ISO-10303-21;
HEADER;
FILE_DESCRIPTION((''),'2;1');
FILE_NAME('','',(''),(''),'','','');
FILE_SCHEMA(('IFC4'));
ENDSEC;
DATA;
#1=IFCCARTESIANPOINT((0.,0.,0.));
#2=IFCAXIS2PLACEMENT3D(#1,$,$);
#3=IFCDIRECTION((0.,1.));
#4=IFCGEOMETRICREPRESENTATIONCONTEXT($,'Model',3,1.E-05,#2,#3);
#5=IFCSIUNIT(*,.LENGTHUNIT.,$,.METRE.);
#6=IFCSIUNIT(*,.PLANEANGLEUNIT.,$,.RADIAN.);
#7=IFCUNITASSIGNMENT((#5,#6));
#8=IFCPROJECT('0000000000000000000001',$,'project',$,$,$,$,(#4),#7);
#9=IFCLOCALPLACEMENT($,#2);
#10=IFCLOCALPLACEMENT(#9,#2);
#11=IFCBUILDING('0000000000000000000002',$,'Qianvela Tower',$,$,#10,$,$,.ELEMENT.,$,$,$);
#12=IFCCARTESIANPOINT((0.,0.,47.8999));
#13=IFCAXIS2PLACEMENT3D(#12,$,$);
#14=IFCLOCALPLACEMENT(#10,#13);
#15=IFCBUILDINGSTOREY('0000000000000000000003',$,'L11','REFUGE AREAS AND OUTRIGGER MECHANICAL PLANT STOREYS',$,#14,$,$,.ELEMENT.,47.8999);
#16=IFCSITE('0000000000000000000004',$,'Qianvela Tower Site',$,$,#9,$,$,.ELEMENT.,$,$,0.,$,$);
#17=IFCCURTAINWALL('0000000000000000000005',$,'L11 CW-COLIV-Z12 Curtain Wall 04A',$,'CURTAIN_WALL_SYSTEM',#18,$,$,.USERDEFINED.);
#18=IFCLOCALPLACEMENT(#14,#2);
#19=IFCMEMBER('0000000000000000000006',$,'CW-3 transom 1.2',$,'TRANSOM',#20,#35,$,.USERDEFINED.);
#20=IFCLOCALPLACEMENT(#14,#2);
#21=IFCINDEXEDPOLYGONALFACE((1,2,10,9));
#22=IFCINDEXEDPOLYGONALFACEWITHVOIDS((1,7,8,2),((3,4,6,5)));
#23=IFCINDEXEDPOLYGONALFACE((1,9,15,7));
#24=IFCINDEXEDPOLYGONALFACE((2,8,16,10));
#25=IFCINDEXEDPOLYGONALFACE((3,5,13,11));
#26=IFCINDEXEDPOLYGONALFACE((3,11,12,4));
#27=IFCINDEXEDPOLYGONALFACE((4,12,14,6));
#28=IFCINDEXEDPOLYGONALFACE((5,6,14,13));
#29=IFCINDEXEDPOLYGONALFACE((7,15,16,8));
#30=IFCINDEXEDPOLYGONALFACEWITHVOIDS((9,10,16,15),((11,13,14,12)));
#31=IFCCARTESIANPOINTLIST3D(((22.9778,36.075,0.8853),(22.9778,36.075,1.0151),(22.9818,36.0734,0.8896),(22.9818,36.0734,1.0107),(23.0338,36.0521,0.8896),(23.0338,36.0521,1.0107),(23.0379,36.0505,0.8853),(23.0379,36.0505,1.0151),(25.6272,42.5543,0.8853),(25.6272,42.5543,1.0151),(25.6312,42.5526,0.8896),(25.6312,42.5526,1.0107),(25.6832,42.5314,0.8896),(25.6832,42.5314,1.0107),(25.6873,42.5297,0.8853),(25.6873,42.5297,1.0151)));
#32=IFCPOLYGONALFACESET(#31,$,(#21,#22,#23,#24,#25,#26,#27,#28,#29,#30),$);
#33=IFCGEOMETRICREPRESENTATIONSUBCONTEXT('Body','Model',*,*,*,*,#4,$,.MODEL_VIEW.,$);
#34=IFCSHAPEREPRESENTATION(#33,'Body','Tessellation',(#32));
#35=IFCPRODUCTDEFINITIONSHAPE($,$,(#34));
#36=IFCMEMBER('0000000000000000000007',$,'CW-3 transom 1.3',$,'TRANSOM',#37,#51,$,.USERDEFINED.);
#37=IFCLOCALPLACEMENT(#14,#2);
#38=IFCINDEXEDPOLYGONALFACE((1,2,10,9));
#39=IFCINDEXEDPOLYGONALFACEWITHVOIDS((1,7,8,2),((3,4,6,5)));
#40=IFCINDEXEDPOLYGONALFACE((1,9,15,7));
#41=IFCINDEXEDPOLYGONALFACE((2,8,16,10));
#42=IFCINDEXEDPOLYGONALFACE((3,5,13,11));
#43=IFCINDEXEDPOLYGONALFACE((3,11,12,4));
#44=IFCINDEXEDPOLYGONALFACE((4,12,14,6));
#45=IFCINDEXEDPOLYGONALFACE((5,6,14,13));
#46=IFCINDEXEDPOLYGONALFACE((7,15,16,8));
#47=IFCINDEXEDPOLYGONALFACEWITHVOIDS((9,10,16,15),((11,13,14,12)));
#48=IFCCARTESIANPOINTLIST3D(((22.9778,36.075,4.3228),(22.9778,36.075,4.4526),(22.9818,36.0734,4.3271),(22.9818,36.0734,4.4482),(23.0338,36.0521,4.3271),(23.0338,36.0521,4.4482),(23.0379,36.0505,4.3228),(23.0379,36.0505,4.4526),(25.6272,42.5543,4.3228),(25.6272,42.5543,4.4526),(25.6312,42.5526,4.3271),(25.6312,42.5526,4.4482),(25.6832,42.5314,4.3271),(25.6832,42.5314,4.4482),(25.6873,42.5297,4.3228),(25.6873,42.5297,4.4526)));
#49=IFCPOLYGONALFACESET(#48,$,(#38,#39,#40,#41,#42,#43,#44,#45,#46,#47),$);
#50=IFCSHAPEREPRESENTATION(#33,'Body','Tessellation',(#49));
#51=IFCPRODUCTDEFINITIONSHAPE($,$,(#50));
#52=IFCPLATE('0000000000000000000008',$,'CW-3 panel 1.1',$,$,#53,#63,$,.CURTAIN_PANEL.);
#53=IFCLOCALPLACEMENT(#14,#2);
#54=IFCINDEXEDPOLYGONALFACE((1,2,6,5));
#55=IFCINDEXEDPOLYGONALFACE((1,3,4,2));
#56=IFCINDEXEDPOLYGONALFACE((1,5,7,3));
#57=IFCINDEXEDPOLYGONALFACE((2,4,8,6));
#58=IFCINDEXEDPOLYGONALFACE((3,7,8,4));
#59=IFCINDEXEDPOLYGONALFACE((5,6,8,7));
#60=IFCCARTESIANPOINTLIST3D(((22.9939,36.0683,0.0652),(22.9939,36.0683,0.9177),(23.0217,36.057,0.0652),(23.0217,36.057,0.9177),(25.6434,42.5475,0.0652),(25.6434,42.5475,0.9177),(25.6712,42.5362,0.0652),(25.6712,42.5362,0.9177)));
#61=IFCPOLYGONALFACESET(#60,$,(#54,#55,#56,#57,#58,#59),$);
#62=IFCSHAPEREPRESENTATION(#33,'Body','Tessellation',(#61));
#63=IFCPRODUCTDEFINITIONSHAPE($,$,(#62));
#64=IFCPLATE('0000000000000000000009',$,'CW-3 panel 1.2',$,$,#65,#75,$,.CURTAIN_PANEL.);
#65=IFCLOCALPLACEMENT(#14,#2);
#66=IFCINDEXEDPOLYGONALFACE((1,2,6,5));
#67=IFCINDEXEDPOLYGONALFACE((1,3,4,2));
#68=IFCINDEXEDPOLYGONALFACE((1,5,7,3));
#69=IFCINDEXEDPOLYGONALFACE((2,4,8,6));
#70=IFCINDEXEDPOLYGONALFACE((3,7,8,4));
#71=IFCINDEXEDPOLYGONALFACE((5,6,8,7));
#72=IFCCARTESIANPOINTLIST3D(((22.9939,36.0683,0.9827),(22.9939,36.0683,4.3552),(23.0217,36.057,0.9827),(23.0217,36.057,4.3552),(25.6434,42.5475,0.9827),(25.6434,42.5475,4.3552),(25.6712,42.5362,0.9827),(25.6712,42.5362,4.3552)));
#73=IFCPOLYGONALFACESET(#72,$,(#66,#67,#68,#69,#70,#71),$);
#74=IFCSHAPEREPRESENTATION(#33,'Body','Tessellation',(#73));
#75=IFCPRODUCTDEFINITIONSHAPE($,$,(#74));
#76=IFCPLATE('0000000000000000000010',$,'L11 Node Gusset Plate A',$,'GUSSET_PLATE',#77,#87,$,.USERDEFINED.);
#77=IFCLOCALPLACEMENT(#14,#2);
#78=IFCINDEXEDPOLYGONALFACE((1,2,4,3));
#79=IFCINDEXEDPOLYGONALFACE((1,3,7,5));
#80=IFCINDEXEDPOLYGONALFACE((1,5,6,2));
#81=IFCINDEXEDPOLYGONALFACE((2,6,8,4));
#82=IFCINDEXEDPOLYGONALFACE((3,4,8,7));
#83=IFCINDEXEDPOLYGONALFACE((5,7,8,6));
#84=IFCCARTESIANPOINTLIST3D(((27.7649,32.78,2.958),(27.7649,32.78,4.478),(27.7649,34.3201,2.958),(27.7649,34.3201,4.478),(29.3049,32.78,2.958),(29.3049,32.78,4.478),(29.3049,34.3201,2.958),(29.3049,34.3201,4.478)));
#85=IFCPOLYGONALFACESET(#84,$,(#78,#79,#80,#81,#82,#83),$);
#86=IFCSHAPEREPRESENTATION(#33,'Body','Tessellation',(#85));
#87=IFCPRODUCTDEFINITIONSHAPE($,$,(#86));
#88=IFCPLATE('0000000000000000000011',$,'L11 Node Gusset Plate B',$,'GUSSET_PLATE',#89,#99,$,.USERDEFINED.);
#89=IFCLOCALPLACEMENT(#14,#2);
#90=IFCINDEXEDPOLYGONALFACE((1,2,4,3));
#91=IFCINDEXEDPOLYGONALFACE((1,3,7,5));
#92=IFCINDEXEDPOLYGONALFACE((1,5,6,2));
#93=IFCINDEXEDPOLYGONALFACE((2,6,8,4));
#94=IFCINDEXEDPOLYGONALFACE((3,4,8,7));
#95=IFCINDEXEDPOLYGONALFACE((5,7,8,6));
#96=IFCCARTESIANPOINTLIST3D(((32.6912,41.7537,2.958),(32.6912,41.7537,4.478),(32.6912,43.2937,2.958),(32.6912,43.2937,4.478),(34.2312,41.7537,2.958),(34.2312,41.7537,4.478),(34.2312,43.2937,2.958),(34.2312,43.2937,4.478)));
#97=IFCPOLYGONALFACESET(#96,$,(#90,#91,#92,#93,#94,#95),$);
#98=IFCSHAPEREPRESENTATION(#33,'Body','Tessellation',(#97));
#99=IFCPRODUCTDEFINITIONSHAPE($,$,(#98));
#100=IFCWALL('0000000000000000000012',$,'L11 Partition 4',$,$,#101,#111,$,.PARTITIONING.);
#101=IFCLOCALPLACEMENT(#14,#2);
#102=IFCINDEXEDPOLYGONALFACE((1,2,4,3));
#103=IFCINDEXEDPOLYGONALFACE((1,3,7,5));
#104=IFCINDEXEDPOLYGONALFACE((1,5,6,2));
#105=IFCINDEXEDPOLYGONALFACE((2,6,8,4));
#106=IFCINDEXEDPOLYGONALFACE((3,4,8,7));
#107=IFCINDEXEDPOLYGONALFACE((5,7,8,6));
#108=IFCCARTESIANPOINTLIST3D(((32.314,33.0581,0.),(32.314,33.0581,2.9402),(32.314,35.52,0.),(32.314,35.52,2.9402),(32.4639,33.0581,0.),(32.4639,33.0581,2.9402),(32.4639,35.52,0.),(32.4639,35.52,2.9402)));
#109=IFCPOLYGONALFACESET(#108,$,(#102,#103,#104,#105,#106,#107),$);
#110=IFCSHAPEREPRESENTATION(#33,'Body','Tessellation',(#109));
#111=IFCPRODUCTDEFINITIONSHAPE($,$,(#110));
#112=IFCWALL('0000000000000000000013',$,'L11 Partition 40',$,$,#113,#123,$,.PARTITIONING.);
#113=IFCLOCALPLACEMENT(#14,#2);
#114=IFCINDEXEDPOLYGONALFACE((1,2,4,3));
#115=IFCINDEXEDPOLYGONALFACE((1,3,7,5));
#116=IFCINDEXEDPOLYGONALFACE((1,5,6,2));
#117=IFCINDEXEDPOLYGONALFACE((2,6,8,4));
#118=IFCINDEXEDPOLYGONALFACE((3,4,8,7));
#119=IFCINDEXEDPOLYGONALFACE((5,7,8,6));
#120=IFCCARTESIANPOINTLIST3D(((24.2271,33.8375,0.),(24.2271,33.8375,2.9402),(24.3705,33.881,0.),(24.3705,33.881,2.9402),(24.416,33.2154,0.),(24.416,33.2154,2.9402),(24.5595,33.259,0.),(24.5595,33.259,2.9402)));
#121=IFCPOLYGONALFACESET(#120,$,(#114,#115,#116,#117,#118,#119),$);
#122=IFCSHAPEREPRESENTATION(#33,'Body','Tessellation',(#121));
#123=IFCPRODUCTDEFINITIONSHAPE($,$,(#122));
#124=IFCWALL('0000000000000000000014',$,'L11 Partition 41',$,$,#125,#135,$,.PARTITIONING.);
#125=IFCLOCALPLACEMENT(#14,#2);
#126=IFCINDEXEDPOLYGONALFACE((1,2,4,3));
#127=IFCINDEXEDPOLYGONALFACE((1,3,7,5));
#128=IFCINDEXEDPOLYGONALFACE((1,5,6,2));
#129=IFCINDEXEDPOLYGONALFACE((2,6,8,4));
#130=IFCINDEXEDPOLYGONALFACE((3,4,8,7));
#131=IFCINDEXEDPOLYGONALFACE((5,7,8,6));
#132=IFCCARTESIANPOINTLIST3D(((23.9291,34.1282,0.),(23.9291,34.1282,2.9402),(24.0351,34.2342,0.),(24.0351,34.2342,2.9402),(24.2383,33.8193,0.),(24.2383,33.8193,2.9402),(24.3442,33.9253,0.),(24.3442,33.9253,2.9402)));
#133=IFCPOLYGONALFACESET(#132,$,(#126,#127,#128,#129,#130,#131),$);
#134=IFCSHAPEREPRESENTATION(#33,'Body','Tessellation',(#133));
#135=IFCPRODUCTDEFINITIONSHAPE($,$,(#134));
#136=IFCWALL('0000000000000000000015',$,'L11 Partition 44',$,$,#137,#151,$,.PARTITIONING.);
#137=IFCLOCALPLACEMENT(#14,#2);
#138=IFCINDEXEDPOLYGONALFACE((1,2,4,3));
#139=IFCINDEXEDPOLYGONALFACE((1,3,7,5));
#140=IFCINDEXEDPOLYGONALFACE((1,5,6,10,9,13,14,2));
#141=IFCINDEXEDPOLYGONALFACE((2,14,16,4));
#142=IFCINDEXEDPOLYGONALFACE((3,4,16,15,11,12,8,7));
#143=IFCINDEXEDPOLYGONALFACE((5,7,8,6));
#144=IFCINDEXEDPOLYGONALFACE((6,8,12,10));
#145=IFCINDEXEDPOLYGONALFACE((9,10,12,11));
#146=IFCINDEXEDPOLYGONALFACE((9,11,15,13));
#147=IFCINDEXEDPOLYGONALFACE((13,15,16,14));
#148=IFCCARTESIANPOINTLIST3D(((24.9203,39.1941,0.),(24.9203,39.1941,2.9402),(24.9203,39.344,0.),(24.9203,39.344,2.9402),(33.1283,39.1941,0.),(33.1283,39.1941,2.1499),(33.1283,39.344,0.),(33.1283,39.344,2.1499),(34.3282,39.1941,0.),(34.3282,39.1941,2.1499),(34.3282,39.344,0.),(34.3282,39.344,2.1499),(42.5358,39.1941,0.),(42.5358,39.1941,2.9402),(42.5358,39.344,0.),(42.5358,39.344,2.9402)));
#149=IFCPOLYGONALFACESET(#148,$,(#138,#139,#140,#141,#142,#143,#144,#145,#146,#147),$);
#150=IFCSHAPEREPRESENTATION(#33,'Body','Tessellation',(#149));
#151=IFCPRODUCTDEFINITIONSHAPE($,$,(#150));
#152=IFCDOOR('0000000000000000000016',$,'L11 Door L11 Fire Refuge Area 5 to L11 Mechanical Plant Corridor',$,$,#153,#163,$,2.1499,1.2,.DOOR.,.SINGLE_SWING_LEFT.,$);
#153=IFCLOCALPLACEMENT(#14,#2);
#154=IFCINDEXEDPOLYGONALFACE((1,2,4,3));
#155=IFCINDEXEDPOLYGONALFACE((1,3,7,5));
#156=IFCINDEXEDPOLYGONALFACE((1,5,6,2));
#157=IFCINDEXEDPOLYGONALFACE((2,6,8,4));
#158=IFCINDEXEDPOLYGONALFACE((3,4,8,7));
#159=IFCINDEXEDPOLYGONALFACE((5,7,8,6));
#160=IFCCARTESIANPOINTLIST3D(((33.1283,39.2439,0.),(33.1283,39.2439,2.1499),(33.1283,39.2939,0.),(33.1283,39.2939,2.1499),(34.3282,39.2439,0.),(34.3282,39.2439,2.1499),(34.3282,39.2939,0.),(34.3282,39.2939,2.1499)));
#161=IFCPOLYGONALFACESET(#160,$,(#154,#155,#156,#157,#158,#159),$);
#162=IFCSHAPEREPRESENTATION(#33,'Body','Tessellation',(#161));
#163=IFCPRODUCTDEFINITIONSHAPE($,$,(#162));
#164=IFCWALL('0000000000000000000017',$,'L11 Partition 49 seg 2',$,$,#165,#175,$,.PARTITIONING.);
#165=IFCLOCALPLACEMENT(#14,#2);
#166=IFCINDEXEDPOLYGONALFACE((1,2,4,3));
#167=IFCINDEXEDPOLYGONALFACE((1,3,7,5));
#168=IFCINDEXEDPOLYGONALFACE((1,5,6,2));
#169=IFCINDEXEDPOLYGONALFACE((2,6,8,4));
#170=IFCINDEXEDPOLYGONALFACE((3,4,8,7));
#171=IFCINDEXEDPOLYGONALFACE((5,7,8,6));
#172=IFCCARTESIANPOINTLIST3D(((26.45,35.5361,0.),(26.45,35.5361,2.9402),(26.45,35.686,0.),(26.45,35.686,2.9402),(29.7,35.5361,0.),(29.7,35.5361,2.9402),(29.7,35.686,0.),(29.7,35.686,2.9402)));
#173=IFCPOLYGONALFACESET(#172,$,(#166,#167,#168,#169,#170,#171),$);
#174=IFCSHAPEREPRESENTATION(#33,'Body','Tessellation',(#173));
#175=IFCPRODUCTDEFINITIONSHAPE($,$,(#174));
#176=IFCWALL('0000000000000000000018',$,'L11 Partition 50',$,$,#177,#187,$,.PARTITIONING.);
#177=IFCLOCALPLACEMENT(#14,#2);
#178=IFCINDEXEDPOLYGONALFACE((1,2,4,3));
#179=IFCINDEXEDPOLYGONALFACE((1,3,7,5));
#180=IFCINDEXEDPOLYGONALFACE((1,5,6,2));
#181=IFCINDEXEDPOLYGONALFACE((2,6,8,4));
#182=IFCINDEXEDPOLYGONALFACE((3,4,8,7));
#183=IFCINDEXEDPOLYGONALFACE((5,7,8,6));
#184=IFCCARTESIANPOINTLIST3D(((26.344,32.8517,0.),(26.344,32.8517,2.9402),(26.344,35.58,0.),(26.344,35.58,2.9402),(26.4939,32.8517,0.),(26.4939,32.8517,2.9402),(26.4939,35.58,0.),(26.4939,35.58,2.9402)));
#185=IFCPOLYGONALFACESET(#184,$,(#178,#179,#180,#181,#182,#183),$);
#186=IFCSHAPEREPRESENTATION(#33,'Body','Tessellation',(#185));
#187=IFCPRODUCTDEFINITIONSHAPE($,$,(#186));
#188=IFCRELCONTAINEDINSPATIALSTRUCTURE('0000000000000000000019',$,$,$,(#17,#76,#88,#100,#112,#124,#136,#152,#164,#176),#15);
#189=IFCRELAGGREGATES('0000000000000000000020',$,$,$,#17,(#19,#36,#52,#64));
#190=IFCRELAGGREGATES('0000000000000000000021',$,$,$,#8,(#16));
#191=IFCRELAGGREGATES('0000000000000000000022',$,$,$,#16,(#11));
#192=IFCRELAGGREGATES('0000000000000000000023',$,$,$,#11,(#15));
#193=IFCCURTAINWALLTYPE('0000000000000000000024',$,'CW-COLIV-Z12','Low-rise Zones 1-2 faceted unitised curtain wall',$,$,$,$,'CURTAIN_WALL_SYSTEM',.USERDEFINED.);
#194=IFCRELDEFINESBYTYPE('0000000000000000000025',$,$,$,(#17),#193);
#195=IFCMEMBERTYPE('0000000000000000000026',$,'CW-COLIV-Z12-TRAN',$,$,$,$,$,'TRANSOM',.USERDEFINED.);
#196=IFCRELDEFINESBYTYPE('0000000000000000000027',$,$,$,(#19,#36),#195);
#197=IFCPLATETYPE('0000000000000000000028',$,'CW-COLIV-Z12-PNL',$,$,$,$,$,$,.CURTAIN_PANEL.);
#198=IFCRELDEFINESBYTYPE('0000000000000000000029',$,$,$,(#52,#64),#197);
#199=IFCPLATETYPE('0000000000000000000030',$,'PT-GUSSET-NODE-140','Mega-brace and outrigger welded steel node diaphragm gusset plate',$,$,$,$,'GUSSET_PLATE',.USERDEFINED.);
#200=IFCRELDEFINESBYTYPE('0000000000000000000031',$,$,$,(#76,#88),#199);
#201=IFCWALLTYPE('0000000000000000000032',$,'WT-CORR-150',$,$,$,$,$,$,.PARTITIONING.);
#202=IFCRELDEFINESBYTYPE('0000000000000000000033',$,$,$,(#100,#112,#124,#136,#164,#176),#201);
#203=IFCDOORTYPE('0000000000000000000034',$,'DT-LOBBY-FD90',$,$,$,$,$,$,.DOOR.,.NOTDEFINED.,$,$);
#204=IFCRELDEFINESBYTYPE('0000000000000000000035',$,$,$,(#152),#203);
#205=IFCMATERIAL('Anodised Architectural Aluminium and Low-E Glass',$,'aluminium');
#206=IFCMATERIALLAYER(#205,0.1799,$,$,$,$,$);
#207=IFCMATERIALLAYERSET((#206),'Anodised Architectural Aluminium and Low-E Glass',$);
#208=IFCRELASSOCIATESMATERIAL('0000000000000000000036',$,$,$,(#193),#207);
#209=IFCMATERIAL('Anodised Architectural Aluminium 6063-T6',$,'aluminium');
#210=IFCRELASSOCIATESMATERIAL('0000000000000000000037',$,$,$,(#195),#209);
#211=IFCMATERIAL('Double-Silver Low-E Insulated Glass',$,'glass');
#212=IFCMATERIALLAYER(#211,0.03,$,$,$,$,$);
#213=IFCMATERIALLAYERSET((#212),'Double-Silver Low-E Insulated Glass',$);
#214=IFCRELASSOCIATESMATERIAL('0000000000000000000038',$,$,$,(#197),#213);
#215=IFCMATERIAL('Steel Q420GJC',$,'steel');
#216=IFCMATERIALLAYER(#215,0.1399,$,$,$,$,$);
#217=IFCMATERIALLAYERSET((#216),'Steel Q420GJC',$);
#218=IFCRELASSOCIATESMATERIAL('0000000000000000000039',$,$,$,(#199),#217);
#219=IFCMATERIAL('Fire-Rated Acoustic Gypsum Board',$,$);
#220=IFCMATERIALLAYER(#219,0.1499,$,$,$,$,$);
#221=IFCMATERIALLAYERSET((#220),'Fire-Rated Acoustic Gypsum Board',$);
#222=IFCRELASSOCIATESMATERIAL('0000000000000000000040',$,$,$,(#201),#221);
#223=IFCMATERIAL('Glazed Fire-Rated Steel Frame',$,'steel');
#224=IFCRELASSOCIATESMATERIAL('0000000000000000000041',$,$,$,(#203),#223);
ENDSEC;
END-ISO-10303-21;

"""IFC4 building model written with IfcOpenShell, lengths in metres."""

from ifc_helpers import new_model, si_unit, direction, frame, frame_2d, origin, origin_2d, place, context, subcontext, project, spatial, rectangle, hollow_rectangle, extrude, material, layer, layer_set, material_profile, profile_set, type_object, element, fill, aggregate, save


model = new_model("IFC4")

# Units and contexts
model_context = context("Model", 3, precision=1e-05, world=origin(), true_north=direction((0.0, 1.0)))
body_context = subcontext(model_context, "Body", "Model", "MODEL_VIEW")
ifc_project = project(units=[si_unit("LENGTHUNIT", "METRE"), si_unit("PLANEANGLEUNIT", "RADIAN")], contexts=[model_context])

# Site, building, storey
site_placement = place(None, origin())
site = spatial("IfcSite", under=ifc_project, at=site_placement, Name="Qianvela Tower Site", CompositionType="ELEMENT", RefElevation=0.0)
building_placement = place(site_placement, origin())
building = spatial("IfcBuilding", under=site, at=building_placement, Name="Qianvela Tower", CompositionType="ELEMENT")
storey_placement = place(building_placement, frame((0.0, 0.0, 47.8999)))
storey = spatial("IfcBuildingStorey", under=building, at=storey_placement, Name="L11", Description="REFUGE AREAS AND OUTRIGGER MECHANICAL PLANT STOREYS", CompositionType="ELEMENT", Elevation=47.8999)

# Curtain wall, members, plates
ifc_material_1 = material(Name="Anodised Architectural Aluminium and Low-E Glass", Category="aluminium")
ifc_layer_1 = layer(ifc_material_1, 0.1799)
ifc_layer_set_1 = layer_set([ifc_layer_1], Name="Anodised Architectural Aluminium and Low-E Glass")
curtain_wall_type = type_object("IfcCurtainWallType", Name="CW-COLIV-Z12", Description="Low-rise Zones 1-2 faceted unitised curtain wall", ElementType="CURTAIN_WALL_SYSTEM", PredefinedType="USERDEFINED", material=ifc_layer_set_1)
curtain_wall_placement = place(storey_placement, origin())
curtain_wall = element("IfcCurtainWall", 1, at=curtain_wall_placement, inside=storey, type_object=curtain_wall_type, Name="L11 CW-COLIV-Z12 Curtain Wall 04A", ObjectType="CURTAIN_WALL_SYSTEM", PredefinedType="USERDEFINED")
ifc_material_2 = material(Name="Anodised Architectural Aluminium 6063-T6", Category="aluminium")
ifc_material_profile_1 = material_profile(ifc_material_2, hollow_rectangle(XDim=0.0649, YDim=0.1299, WallThickness=0.0044, at=origin_2d()), Name="ALU-TRAN-65x130")
ifc_profile_set_1 = profile_set([ifc_material_profile_1], Name="Anodised Architectural Aluminium 6063-T6")
member_type_1 = type_object("IfcMemberType", Name="CW-COLIV-Z12-TRAN", ElementType="TRANSOM", PredefinedType="USERDEFINED", material=ifc_profile_set_1)
member_1_placement = place(storey_placement, frame((25.6572, 42.542, 0.9502), z_axis=(-0.378488, -0.925606, 0.0), x_axis=(0.925606, -0.378488, 0.0)))
member_1 = element("IfcMember", 2, at=member_1_placement, type_object=member_type_1, Name="CW-3 transom 1.2", ObjectType="TRANSOM", PredefinedType="USERDEFINED", context=body_context, shape_type="SweptSolid", body=[
    extrude(hollow_rectangle(XDim=0.0649, YDim=0.1299, WallThickness=0.0044, at=origin_2d()), origin(), (0.0, 0.0, 1.0), 7.0),
])
member_2_placement = place(storey_placement, frame((25.6572, 42.542, 4.3877), z_axis=(-0.378488, -0.925606, 0.0), x_axis=(0.925606, -0.378488, 0.0)))
member_2 = element("IfcMember", 3, at=member_2_placement, type_object=member_type_1, Name="CW-3 transom 1.3", ObjectType="TRANSOM", PredefinedType="USERDEFINED", context=body_context, shape_type="SweptSolid", body=[
    extrude(hollow_rectangle(XDim=0.0649, YDim=0.1299, WallThickness=0.0044, at=origin_2d()), origin(), (0.0, 0.0, 1.0), 7.0),
])
ifc_material_3 = material(Name="Double-Silver Low-E Insulated Glass", Category="glass")
ifc_layer_2 = layer(ifc_material_3, 0.03)
ifc_layer_set_2 = layer_set([ifc_layer_2], Name="Double-Silver Low-E Insulated Glass")
plate_type_1 = type_object("IfcPlateType", Name="CW-COLIV-Z12-PNL", PredefinedType="CURTAIN_PANEL", material=ifc_layer_set_2)
plate_1_placement = place(storey_placement, frame((24.3325, 39.3022, 0.0652), z_axis=(0.0, 0.0, 1.0), x_axis=(-0.378501, -0.925601, 0.0)))
plate_1 = element("IfcPlate", 4, at=plate_1_placement, type_object=plate_type_1, Name="CW-3 panel 1.1", PredefinedType="CURTAIN_PANEL", context=body_context, shape_type="SweptSolid", body=[
    extrude(rectangle(XDim=7.0, YDim=0.03, at=origin_2d()), origin(), (0.0, 0.0, 1.0), 0.8525),
])
plate_2_placement = place(storey_placement, frame((24.3325, 39.3022, 0.9827), z_axis=(0.0, 0.0, 1.0), x_axis=(-0.378501, -0.925601, 0.0)))
plate_2 = element("IfcPlate", 5, at=plate_2_placement, type_object=plate_type_1, Name="CW-3 panel 1.2", PredefinedType="CURTAIN_PANEL", context=body_context, shape_type="SweptSolid", body=[
    extrude(rectangle(XDim=7.0, YDim=0.03, at=origin_2d()), origin(), (0.0, 0.0, 1.0), 3.3726),
])
aggregate(curtain_wall, [member_1, member_2, plate_1, plate_2])

# Plates
ifc_material_4 = material(Name="Steel Q420GJC", Category="steel")
ifc_layer_3 = layer(ifc_material_4, 0.1399)
ifc_layer_set_3 = layer_set([ifc_layer_3], Name="Steel Q420GJC")
plate_type_2 = type_object("IfcPlateType", Name="PT-GUSSET-NODE-140", Description="Mega-brace and outrigger welded steel node diaphragm gusset plate", ElementType="GUSSET_PLATE", PredefinedType="USERDEFINED", material=ifc_layer_set_3)
for number, where, z_axis, x_axis, name in (
    (6, (28.5349, 33.55, 2.958), (0.0, 0.0, 1.0), (1.0, 0.0, 0.0), "L11 Node Gusset Plate A"),
    (7, (33.4612, 42.5237, 2.958), (0.0, 0.0, 1.0), (1.0, 0.0, 0.0), "L11 Node Gusset Plate B"),
):
    element("IfcPlate", number, at=place(storey_placement, frame(where, z_axis=z_axis, x_axis=x_axis)), inside=storey, type_object=plate_type_2, Name=name, ObjectType="GUSSET_PLATE", PredefinedType="USERDEFINED", context=body_context, shape_type="SweptSolid", body=[
        extrude(rectangle(XDim=1.54, YDim=1.54, at=origin_2d()), origin(), (0.0, 0.0, 1.0), 1.52),
    ])

# Shared definitions
ifc_material_5 = material(Name="Fire-Rated Acoustic Gypsum Board")
ifc_layer_4 = layer(ifc_material_5, 0.1499)
ifc_layer_set_4 = layer_set([ifc_layer_4], Name="Fire-Rated Acoustic Gypsum Board")
wall_type = type_object("IfcWallType", Name="WT-CORR-150", PredefinedType="PARTITIONING", material=ifc_layer_set_4)
ifc_material_6 = material(Name="Glazed Fire-Rated Steel Frame", Category="steel")
door_type = type_object("IfcDoorType", Name="DT-LOBBY-FD90", OperationType="NOTDEFINED", PredefinedType="DOOR", material=ifc_material_6)

# Walls
wall_1_placement = place(storey_placement, frame((32.3889, 35.52, 0.0), z_axis=(0.0, 0.0, 1.0), x_axis=(0.0, -1.0, 0.0)))
element("IfcWall", 8, at=wall_1_placement, inside=storey, type_object=wall_type, Name="L11 Partition 4", PredefinedType="PARTITIONING", context=body_context, shape_type="SweptSolid", body=[
    extrude(rectangle(XDim=2.4619, YDim=0.1499, at=frame_2d((1.231, 0.0))), origin(), (0.0, 0.0, 1.0), 2.9402),
])
wall_2_placement = place(storey_placement, frame((24.4878, 33.2371, 0.0), z_axis=(0.0, 0.0, 1.0), x_axis=(-0.290654, 0.956828, 0.0)))
element("IfcWall", 9, at=wall_2_placement, inside=storey, type_object=wall_type, Name="L11 Partition 40", PredefinedType="PARTITIONING", context=body_context, shape_type="SweptSolid", body=[
    extrude(rectangle(XDim=0.6501, YDim=0.1499, at=frame_2d((0.3252, 0.0))), origin(), (0.0, 0.0, 1.0), 2.9402),
])
wall_3_placement = place(storey_placement, frame((24.2913, 33.8723, 0.0), z_axis=(0.0, 0.0, 1.0), x_axis=(-0.707386, 0.706827, 0.0)))
element("IfcWall", 10, at=wall_3_placement, inside=storey, type_object=wall_type, Name="L11 Partition 41", PredefinedType="PARTITIONING", context=body_context, shape_type="SweptSolid", body=[
    extrude(rectangle(XDim=0.437, YDim=0.1499, at=frame_2d((0.2185, 0.0))), origin(), (0.0, 0.0, 1.0), 2.9402),
])

# Wall, opening, door
wall_4_placement = place(storey_placement, frame((24.9204, 39.269, 0.0), z_axis=(0.0, 0.0, 1.0), x_axis=(1.0, 0.0, 0.0)))
wall_4 = element("IfcWall", 11, at=wall_4_placement, inside=storey, type_object=wall_type, Name="L11 Partition 44", PredefinedType="PARTITIONING", context=body_context, shape_type="SweptSolid", body=[
    extrude(rectangle(XDim=17.6155, YDim=0.1499, at=frame_2d((8.8076, 0.0))), origin(), (0.0, 0.0, 1.0), 2.9402),
])
opening_1_placement = place(wall_4_placement, frame((8.2078, 0.0, 0.0)))
opening_1 = element("IfcOpeningElement", 12, at=opening_1_placement, cuts=wall_4, PredefinedType="OPENING", context=body_context, shape_type="SweptSolid", body=[
    extrude(rectangle(XDim=1.2, YDim=2.1499, at=frame_2d((0.6001, 1.075))), frame((0.0, 0.085, 0.0), z_axis=(0.0, -1.0, 0.0), x_axis=(1.0, 0.0, 0.0)), (0.0, 0.0, 1.0), 0.1699),
])
door_1_placement = place(opening_1_placement, origin())
door_1 = element("IfcDoor", 13, at=door_1_placement, inside=storey, type_object=door_type, Name="L11 Door L11 Fire Refuge Area 5 to L11 Mechanical Plant Corridor", OperationType="SINGLE_SWING_LEFT", OverallHeight=2.1499, OverallWidth=1.2, PredefinedType="DOOR", context=body_context, shape_type="SweptSolid", body=[
    extrude(rectangle(XDim=1.2, YDim=2.1499, at=frame_2d((0.6001, 1.075))), frame((0.0, 0.0249, 0.0), z_axis=(0.0, -1.0, 0.0), x_axis=(1.0, 0.0, 0.0)), (0.0, 0.0, 1.0), 0.05),
])
fill(opening_1, door_1)

# Walls
wall_5_placement = place(storey_placement, frame((29.7, 35.6111, 0.0), z_axis=(0.0, 0.0, 1.0), x_axis=(-1.0, 0.0, 0.0)))
element("IfcWall", 14, at=wall_5_placement, inside=storey, type_object=wall_type, Name="L11 Partition 49 seg 2", PredefinedType="PARTITIONING", context=body_context, shape_type="SweptSolid", body=[
    extrude(rectangle(XDim=3.25, YDim=0.1499, at=frame_2d((1.625, 0.0))), origin(), (0.0, 0.0, 1.0), 2.9402),
])
wall_6_placement = place(storey_placement, frame((26.4189, 35.5801, 0.0), z_axis=(0.0, 0.0, 1.0), x_axis=(0.0, -1.0, 0.0)))
element("IfcWall", 15, at=wall_6_placement, inside=storey, type_object=wall_type, Name="L11 Partition 50", PredefinedType="PARTITIONING", context=body_context, shape_type="SweptSolid", body=[
    extrude(rectangle(XDim=2.7283, YDim=0.1499, at=frame_2d((1.3643, 0.0))), origin(), (0.0, 0.0, 1.0), 2.9402),
])

save(model, "model.ifc")
